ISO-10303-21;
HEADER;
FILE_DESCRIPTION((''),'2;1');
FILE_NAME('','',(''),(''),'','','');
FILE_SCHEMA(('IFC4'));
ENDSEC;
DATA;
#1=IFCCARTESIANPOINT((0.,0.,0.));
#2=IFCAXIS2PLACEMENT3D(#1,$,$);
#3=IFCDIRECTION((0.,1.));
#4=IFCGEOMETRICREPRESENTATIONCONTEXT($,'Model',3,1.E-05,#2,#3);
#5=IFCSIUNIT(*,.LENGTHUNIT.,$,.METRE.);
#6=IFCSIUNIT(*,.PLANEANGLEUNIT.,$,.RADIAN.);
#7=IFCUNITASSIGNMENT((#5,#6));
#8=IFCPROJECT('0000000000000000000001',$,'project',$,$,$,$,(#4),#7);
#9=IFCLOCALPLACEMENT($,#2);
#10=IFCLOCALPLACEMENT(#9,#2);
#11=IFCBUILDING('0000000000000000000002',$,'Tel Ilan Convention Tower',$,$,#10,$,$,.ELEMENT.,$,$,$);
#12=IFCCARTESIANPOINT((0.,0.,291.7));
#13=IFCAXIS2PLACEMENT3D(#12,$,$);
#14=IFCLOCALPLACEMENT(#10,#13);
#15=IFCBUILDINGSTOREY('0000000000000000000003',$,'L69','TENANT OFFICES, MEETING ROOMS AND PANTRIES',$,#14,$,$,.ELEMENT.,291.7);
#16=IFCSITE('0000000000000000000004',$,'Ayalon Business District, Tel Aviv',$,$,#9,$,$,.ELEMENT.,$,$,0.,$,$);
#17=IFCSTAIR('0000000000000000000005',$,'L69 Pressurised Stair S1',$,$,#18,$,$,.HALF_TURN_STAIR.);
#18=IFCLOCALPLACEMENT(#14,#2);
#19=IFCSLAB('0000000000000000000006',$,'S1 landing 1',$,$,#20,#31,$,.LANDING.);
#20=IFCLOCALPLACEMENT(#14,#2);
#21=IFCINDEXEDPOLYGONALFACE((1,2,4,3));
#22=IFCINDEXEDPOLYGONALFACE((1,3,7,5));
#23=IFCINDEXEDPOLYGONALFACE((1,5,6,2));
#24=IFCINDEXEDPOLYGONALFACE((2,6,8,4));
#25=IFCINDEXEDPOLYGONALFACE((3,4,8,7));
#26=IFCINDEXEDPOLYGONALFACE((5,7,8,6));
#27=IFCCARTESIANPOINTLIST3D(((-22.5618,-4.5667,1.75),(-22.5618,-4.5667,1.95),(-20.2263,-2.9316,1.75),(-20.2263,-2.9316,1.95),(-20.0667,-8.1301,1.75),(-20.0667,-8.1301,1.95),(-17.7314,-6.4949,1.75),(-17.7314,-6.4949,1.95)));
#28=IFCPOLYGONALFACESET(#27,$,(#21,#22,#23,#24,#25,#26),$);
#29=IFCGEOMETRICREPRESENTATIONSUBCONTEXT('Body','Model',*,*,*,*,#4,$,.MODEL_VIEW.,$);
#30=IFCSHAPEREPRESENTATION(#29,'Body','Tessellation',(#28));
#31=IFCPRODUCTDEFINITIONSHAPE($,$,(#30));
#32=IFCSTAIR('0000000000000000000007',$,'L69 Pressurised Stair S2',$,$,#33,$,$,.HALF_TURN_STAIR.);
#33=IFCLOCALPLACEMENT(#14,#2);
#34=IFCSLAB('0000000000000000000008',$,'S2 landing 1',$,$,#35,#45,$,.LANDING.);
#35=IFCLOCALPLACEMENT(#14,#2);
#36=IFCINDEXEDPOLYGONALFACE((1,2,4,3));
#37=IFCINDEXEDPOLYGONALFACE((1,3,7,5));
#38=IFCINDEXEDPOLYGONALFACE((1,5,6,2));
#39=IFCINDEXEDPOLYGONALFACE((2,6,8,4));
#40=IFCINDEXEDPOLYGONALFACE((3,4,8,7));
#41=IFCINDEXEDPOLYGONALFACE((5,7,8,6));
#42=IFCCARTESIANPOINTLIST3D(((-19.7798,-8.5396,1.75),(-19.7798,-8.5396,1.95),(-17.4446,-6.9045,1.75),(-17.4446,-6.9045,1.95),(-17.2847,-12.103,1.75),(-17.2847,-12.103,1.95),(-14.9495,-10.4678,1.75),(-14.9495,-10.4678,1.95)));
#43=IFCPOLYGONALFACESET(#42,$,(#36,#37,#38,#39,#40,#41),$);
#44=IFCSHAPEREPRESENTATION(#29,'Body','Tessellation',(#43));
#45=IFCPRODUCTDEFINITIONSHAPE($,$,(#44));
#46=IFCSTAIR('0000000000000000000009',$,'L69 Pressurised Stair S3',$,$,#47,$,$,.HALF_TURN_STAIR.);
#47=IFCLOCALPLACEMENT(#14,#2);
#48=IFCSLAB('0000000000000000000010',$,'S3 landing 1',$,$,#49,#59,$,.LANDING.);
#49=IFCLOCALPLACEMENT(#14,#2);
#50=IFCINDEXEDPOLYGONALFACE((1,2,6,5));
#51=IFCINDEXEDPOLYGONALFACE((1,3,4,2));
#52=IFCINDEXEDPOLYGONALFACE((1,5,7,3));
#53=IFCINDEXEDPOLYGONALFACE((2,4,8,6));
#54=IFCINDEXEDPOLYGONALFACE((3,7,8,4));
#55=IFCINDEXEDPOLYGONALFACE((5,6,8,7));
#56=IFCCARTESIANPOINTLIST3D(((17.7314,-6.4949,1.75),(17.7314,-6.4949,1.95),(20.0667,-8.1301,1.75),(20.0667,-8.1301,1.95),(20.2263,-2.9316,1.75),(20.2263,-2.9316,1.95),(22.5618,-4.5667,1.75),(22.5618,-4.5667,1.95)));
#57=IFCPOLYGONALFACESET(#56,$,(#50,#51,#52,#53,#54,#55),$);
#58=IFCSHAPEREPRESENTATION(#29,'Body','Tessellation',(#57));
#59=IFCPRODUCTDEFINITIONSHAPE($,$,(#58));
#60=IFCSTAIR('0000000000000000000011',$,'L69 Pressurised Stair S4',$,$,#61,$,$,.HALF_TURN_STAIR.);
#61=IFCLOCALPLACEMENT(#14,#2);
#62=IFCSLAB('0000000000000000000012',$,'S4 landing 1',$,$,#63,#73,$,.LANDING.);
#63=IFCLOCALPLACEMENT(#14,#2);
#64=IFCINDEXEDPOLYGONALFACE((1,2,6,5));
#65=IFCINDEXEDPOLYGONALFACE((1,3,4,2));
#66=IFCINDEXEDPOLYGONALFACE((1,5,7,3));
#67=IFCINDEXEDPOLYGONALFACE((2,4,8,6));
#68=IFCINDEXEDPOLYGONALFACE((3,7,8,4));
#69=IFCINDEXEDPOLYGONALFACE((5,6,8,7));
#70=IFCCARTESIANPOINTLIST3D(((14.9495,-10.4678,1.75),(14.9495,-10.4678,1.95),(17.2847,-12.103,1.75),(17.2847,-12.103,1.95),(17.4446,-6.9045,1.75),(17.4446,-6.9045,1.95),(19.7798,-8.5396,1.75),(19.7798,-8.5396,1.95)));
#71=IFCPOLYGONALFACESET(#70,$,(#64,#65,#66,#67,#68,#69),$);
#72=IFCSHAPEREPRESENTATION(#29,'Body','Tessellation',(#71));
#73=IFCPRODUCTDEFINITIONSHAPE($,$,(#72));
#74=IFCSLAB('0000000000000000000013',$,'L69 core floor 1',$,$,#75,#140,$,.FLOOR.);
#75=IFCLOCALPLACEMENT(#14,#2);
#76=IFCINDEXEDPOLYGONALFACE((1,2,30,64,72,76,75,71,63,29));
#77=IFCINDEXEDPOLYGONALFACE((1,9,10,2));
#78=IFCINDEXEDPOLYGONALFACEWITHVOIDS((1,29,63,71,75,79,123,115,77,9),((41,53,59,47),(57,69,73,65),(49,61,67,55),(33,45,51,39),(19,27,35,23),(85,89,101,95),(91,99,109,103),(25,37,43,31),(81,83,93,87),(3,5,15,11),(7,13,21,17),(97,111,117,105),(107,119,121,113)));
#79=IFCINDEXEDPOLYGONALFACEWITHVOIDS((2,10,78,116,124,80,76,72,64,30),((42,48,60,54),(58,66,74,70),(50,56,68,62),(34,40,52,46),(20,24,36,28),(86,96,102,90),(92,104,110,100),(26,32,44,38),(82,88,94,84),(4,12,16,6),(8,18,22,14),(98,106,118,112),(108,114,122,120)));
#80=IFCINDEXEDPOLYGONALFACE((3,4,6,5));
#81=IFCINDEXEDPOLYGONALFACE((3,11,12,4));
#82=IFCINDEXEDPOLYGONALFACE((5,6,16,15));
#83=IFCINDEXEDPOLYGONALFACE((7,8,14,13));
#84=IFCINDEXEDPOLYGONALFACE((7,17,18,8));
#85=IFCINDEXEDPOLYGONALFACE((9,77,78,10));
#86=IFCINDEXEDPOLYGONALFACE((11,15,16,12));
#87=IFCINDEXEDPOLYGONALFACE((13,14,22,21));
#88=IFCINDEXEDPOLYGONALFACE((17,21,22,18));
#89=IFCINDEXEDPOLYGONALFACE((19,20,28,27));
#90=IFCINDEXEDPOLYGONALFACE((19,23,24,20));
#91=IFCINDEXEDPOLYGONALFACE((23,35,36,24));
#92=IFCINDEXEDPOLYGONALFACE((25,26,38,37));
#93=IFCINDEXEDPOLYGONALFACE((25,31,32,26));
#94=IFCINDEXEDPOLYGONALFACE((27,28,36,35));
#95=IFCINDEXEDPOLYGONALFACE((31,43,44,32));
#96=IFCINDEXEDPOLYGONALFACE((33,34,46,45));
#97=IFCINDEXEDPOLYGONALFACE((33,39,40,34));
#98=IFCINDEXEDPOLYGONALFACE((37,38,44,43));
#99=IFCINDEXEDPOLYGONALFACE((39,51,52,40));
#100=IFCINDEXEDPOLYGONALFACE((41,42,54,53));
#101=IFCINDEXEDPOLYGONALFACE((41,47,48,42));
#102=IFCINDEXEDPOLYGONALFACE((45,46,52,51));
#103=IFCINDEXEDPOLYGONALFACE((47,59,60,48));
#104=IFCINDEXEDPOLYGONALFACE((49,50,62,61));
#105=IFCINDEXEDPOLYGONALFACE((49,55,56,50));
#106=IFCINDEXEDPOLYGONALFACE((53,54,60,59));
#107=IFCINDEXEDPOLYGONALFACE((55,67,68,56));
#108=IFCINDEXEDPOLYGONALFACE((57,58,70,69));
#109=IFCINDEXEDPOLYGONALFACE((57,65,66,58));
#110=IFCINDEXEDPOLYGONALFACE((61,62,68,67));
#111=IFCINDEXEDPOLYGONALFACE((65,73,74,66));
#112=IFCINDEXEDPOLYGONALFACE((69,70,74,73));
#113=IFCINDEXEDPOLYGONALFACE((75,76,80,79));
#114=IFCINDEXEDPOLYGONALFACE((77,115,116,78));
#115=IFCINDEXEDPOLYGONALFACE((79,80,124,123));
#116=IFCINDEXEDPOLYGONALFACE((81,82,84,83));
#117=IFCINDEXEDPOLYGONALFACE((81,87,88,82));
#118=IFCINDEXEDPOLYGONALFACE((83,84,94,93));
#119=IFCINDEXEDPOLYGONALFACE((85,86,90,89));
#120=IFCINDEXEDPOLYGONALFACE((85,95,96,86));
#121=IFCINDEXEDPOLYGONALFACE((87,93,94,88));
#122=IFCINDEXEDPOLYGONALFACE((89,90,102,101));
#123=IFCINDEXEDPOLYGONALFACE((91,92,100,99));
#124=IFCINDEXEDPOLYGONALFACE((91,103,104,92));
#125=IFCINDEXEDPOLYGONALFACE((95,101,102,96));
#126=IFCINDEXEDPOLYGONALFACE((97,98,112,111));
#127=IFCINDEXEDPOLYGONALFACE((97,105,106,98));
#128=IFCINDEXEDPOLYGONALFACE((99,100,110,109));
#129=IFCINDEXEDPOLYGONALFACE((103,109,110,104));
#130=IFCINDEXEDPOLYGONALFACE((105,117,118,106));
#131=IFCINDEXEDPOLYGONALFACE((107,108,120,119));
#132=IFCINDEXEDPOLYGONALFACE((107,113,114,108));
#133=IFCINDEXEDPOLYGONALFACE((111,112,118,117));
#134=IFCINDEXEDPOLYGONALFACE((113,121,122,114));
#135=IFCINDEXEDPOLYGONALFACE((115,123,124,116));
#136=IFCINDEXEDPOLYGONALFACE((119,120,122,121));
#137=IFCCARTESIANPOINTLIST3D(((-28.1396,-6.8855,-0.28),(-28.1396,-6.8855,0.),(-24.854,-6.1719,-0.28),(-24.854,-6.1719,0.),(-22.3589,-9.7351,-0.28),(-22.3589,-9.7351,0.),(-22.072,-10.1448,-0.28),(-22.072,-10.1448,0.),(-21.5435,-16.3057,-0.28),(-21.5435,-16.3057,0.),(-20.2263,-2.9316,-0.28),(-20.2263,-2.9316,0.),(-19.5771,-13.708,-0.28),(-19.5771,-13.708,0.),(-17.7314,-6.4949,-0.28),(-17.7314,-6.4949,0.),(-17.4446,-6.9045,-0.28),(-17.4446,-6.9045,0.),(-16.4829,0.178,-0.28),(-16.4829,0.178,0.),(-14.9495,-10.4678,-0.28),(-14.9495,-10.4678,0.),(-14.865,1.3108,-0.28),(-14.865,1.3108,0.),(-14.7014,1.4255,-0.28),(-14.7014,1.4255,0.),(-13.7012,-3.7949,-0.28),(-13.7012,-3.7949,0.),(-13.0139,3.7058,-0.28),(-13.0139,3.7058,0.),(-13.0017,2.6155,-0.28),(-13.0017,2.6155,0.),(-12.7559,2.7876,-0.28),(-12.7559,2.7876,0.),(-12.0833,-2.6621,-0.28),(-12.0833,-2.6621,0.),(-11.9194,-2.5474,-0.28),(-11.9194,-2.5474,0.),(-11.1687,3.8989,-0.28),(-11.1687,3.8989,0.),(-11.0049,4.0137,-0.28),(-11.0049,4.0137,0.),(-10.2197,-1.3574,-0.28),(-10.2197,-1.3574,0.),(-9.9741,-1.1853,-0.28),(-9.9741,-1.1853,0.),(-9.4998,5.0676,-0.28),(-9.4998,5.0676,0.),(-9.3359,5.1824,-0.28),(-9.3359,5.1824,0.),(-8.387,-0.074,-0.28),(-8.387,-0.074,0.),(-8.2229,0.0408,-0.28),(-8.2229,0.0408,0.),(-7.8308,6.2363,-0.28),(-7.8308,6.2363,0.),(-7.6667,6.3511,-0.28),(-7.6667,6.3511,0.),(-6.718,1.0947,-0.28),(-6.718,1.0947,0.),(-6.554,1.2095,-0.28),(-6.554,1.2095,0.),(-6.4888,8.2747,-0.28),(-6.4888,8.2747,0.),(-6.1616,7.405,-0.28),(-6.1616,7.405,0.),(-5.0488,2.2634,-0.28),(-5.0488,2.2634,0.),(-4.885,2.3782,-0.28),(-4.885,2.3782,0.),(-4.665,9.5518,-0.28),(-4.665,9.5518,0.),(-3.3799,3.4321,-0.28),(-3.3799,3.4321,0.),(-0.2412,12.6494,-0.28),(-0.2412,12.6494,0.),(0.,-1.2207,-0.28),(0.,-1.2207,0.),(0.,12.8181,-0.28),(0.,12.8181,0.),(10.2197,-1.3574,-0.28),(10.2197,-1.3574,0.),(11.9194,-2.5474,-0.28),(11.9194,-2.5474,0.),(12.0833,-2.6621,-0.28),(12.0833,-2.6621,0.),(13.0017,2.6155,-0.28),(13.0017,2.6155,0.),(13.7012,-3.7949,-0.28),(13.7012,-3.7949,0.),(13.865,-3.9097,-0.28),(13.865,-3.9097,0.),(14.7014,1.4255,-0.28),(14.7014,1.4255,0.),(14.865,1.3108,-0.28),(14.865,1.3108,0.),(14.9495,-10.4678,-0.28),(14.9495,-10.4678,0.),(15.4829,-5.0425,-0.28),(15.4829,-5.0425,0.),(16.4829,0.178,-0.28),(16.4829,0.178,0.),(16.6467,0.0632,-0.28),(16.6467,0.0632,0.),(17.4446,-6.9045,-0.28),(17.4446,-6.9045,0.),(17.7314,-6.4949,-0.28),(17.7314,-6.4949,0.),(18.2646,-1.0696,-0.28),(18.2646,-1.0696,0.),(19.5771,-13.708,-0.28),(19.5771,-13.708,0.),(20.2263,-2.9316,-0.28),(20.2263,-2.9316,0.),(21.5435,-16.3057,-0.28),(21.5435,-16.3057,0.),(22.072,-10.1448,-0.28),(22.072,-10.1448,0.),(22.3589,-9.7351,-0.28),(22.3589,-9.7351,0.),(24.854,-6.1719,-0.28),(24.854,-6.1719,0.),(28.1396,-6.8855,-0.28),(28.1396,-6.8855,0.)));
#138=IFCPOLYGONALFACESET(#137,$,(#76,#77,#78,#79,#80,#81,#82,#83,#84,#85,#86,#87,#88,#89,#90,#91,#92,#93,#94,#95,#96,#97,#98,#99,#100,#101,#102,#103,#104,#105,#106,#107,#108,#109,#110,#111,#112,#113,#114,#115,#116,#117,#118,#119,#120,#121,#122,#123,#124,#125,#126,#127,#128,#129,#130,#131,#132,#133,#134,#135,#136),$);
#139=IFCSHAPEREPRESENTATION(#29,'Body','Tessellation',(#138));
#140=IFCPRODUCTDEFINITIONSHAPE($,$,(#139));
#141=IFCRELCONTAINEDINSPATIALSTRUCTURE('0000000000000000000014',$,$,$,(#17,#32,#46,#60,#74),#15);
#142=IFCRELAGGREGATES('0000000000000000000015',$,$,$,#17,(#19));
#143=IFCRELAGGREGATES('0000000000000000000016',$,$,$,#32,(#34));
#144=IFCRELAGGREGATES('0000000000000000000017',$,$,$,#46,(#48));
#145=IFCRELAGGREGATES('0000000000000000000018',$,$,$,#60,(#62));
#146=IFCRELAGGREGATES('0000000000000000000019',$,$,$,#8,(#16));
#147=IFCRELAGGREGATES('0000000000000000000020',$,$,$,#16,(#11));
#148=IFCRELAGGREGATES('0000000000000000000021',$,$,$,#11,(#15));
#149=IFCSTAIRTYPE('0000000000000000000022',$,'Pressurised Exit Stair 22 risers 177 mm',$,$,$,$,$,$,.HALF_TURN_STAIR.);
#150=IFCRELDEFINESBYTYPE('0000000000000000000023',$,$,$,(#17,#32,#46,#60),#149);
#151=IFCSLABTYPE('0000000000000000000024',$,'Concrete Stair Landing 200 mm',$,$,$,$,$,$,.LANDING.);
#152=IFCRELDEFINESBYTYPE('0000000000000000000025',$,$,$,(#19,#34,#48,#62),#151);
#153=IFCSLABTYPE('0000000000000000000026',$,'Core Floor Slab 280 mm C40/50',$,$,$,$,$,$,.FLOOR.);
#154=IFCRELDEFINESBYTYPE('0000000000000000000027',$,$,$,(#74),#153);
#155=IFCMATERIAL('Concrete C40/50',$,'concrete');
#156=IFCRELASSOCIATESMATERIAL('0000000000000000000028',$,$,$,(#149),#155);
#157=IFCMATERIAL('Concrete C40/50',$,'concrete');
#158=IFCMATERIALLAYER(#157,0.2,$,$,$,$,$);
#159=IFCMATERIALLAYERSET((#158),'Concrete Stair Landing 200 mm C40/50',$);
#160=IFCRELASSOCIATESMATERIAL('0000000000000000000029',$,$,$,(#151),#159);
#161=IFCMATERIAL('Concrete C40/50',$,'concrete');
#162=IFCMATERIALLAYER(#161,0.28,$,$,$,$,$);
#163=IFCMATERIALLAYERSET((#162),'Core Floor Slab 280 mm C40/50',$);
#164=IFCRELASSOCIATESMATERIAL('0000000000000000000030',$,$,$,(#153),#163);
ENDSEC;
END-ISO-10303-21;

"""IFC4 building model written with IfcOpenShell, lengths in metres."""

from ifc_helpers import new_model, si_unit, direction, frame, origin, place, context, subcontext, project, spatial, polyline, outline, extrude, material, layer, layer_set, type_object, element, aggregate, save


model = new_model("IFC4")

# Units and contexts
model_context = context("Model", 3, precision=1e-05, world=origin(), true_north=direction((0.0, 1.0)))
body_context = subcontext(model_context, "Body", "Model", "MODEL_VIEW")
ifc_project = project(units=[si_unit("LENGTHUNIT", "METRE"), si_unit("PLANEANGLEUNIT", "RADIAN")], contexts=[model_context])

# Site, building, storey
site_placement = place(None, origin())
site = spatial("IfcSite", under=ifc_project, at=site_placement, Name="Ayalon Business District, Tel Aviv", CompositionType="ELEMENT", RefElevation=0.0)
building_placement = place(site_placement, origin())
building = spatial("IfcBuilding", under=site, at=building_placement, Name="Tel Ilan Convention Tower", CompositionType="ELEMENT")
storey_placement = place(building_placement, frame((0.0, 0.0, 291.7)))
storey = spatial("IfcBuildingStorey", under=building, at=storey_placement, Name="L69", Description="TENANT OFFICES, MEETING ROOMS AND PANTRIES", CompositionType="ELEMENT", Elevation=291.7)

# Stairs, slabs
ifc_material_1 = material(Name="Concrete C40/50", Category="concrete")
stair_type = type_object("IfcStairType", Name="Pressurised Exit Stair 22 risers 177 mm", PredefinedType="HALF_TURN_STAIR", material=ifc_material_1)
stair_1_placement = place(storey_placement, origin())
stair_1 = element("IfcStair", 1, at=stair_1_placement, inside=storey, type_object=stair_type, Name="L69 Pressurised Stair S1", PredefinedType="HALF_TURN_STAIR")
ifc_material_2 = material(Name="Concrete C40/50", Category="concrete")
ifc_layer_1 = layer(ifc_material_2, 0.2)
ifc_layer_set_1 = layer_set([ifc_layer_1], Name="Concrete Stair Landing 200 mm C40/50")
slab_type_1 = type_object("IfcSlabType", Name="Concrete Stair Landing 200 mm", PredefinedType="LANDING", material=ifc_layer_set_1)
slab_1_placement = place(storey_placement, frame((0.0, 0.0, 1.75)))
slab_1 = element("IfcSlab", 2, at=slab_1_placement, type_object=slab_type_1, Name="S1 landing 1", PredefinedType="LANDING", context=body_context, shape_type="SweptSolid", body=[
    extrude(outline(polyline([(-20.0667, -8.1301), (-17.7314, -6.4949), (-20.2263, -2.9316), (-22.5618, -4.5667), (-20.0667, -8.1301)])), origin(), (0.0, 0.0, 1.0), 0.2),
])
aggregate(stair_1, [slab_1])
stair_2_placement = place(storey_placement, origin())
stair_2 = element("IfcStair", 3, at=stair_2_placement, inside=storey, type_object=stair_type, Name="L69 Pressurised Stair S2", PredefinedType="HALF_TURN_STAIR")
slab_2_placement = place(storey_placement, frame((0.0, 0.0, 1.75)))
slab_2 = element("IfcSlab", 4, at=slab_2_placement, type_object=slab_type_1, Name="S2 landing 1", PredefinedType="LANDING", context=body_context, shape_type="SweptSolid", body=[
    extrude(outline(polyline([(-17.2847, -12.103), (-14.9495, -10.4678), (-17.4446, -6.9045), (-19.7798, -8.5396), (-17.2847, -12.103)])), origin(), (0.0, 0.0, 1.0), 0.2),
])
aggregate(stair_2, [slab_2])
stair_3_placement = place(storey_placement, origin())
stair_3 = element("IfcStair", 5, at=stair_3_placement, inside=storey, type_object=stair_type, Name="L69 Pressurised Stair S3", PredefinedType="HALF_TURN_STAIR")
slab_3_placement = place(storey_placement, frame((0.0, 0.0, 1.75)))
slab_3 = element("IfcSlab", 6, at=slab_3_placement, type_object=slab_type_1, Name="S3 landing 1", PredefinedType="LANDING", context=body_context, shape_type="SweptSolid", body=[
    extrude(outline(polyline([(22.5618, -4.5667), (20.2263, -2.9316), (17.7314, -6.4949), (20.0667, -8.1301), (22.5618, -4.5667)])), origin(), (0.0, 0.0, 1.0), 0.2),
])
aggregate(stair_3, [slab_3])
stair_4_placement = place(storey_placement, origin())
stair_4 = element("IfcStair", 7, at=stair_4_placement, inside=storey, type_object=stair_type, Name="L69 Pressurised Stair S4", PredefinedType="HALF_TURN_STAIR")
slab_4_placement = place(storey_placement, frame((0.0, 0.0, 1.75)))
slab_4 = element("IfcSlab", 8, at=slab_4_placement, type_object=slab_type_1, Name="S4 landing 1", PredefinedType="LANDING", context=body_context, shape_type="SweptSolid", body=[
    extrude(outline(polyline([(19.7798, -8.5396), (17.4446, -6.9045), (14.9495, -10.4678), (17.2847, -12.103), (19.7798, -8.5396)])), origin(), (0.0, 0.0, 1.0), 0.2),
])
aggregate(stair_4, [slab_4])

# Slab
ifc_material_3 = material(Name="Concrete C40/50", Category="concrete")
ifc_layer_2 = layer(ifc_material_3, 0.28)
ifc_layer_set_2 = layer_set([ifc_layer_2], Name="Core Floor Slab 280 mm C40/50")
slab_type_2 = type_object("IfcSlabType", Name="Core Floor Slab 280 mm C40/50", PredefinedType="FLOOR", material=ifc_layer_set_2)
slab_5_placement = place(storey_placement, frame((0.0, 0.0, -0.28)))
element("IfcSlab", 9, at=slab_5_placement, inside=storey, type_object=slab_type_2, Name="L69 core floor 1", PredefinedType="FLOOR", context=body_context, shape_type="SweptSolid", body=[
    extrude(outline(polyline([(0.0, 12.8181), (28.1396, -6.8855), (21.5435, -16.3057), (0.0, -1.2207), (-21.5435, -16.3057), (-28.1396, -6.8855), (-13.0139, 3.7058), (-6.4888, 8.2747), (-4.665, 9.5518), (-0.2412, 12.6494), (0.0, 12.8181)]), holes=[polyline([(-17.4446, -6.9045), (-22.072, -10.1448), (-19.5771, -13.708), (-14.9495, -10.4678), (-17.4446, -6.9045)]), polyline([(-17.7314, -6.4949), (-20.2263, -2.9316), (-24.854, -6.1719), (-22.3589, -9.7351), (-17.7314, -6.4949)]), polyline([(-14.865, 1.3108), (-16.4829, 0.178), (-13.7012, -3.7949), (-12.0833, -2.6621), (-14.865, 1.3108)]), polyline([(-14.7014, 1.4255), (-11.9194, -2.5474), (-10.2197, -1.3574), (-13.0017, 2.6155), (-14.7014, 1.4255)]), polyline([(-11.1687, 3.8989), (-12.7559, 2.7876), (-9.9741, -1.1853), (-8.387, -0.074), (-11.1687, 3.8989)]), polyline([(-9.4998, 5.0676), (-11.0049, 4.0137), (-8.2229, 0.0408), (-6.718, 1.0947), (-9.4998, 5.0676)]), polyline([(-9.3359, 5.1824), (-6.554, 1.2095), (-5.0488, 2.2634), (-7.8308, 6.2363), (-9.3359, 5.1824)]), polyline([(17.4446, -6.9045), (14.9495, -10.4678), (19.5771, -13.708), (22.072, -10.1448), (17.4446, -6.9045)]), polyline([(20.2263, -2.9316), (17.7314, -6.4949), (22.3589, -9.7351), (24.854, -6.1719), (20.2263, -2.9316)]), polyline([(15.4829, -5.0425), (18.2646, -1.0696), (16.6467, 0.0632), (13.865, -3.9097), (15.4829, -5.0425)]), polyline([(13.7012, -3.7949), (16.4829, 0.178), (14.865, 1.3108), (12.0833, -2.6621), (13.7012, -3.7949)]), polyline([(11.9194, -2.5474), (14.7014, 1.4255), (13.0017, 2.6155), (10.2197, -1.3574), (11.9194, -2.5474)]), polyline([(-6.1616, 7.405), (-7.6667, 6.3511), (-4.885, 2.3782), (-3.3799, 3.4321), (-6.1616, 7.405)])]), origin(), (0.0, 0.0, 1.0), 0.28),
])

save(model, "model.ifc")
